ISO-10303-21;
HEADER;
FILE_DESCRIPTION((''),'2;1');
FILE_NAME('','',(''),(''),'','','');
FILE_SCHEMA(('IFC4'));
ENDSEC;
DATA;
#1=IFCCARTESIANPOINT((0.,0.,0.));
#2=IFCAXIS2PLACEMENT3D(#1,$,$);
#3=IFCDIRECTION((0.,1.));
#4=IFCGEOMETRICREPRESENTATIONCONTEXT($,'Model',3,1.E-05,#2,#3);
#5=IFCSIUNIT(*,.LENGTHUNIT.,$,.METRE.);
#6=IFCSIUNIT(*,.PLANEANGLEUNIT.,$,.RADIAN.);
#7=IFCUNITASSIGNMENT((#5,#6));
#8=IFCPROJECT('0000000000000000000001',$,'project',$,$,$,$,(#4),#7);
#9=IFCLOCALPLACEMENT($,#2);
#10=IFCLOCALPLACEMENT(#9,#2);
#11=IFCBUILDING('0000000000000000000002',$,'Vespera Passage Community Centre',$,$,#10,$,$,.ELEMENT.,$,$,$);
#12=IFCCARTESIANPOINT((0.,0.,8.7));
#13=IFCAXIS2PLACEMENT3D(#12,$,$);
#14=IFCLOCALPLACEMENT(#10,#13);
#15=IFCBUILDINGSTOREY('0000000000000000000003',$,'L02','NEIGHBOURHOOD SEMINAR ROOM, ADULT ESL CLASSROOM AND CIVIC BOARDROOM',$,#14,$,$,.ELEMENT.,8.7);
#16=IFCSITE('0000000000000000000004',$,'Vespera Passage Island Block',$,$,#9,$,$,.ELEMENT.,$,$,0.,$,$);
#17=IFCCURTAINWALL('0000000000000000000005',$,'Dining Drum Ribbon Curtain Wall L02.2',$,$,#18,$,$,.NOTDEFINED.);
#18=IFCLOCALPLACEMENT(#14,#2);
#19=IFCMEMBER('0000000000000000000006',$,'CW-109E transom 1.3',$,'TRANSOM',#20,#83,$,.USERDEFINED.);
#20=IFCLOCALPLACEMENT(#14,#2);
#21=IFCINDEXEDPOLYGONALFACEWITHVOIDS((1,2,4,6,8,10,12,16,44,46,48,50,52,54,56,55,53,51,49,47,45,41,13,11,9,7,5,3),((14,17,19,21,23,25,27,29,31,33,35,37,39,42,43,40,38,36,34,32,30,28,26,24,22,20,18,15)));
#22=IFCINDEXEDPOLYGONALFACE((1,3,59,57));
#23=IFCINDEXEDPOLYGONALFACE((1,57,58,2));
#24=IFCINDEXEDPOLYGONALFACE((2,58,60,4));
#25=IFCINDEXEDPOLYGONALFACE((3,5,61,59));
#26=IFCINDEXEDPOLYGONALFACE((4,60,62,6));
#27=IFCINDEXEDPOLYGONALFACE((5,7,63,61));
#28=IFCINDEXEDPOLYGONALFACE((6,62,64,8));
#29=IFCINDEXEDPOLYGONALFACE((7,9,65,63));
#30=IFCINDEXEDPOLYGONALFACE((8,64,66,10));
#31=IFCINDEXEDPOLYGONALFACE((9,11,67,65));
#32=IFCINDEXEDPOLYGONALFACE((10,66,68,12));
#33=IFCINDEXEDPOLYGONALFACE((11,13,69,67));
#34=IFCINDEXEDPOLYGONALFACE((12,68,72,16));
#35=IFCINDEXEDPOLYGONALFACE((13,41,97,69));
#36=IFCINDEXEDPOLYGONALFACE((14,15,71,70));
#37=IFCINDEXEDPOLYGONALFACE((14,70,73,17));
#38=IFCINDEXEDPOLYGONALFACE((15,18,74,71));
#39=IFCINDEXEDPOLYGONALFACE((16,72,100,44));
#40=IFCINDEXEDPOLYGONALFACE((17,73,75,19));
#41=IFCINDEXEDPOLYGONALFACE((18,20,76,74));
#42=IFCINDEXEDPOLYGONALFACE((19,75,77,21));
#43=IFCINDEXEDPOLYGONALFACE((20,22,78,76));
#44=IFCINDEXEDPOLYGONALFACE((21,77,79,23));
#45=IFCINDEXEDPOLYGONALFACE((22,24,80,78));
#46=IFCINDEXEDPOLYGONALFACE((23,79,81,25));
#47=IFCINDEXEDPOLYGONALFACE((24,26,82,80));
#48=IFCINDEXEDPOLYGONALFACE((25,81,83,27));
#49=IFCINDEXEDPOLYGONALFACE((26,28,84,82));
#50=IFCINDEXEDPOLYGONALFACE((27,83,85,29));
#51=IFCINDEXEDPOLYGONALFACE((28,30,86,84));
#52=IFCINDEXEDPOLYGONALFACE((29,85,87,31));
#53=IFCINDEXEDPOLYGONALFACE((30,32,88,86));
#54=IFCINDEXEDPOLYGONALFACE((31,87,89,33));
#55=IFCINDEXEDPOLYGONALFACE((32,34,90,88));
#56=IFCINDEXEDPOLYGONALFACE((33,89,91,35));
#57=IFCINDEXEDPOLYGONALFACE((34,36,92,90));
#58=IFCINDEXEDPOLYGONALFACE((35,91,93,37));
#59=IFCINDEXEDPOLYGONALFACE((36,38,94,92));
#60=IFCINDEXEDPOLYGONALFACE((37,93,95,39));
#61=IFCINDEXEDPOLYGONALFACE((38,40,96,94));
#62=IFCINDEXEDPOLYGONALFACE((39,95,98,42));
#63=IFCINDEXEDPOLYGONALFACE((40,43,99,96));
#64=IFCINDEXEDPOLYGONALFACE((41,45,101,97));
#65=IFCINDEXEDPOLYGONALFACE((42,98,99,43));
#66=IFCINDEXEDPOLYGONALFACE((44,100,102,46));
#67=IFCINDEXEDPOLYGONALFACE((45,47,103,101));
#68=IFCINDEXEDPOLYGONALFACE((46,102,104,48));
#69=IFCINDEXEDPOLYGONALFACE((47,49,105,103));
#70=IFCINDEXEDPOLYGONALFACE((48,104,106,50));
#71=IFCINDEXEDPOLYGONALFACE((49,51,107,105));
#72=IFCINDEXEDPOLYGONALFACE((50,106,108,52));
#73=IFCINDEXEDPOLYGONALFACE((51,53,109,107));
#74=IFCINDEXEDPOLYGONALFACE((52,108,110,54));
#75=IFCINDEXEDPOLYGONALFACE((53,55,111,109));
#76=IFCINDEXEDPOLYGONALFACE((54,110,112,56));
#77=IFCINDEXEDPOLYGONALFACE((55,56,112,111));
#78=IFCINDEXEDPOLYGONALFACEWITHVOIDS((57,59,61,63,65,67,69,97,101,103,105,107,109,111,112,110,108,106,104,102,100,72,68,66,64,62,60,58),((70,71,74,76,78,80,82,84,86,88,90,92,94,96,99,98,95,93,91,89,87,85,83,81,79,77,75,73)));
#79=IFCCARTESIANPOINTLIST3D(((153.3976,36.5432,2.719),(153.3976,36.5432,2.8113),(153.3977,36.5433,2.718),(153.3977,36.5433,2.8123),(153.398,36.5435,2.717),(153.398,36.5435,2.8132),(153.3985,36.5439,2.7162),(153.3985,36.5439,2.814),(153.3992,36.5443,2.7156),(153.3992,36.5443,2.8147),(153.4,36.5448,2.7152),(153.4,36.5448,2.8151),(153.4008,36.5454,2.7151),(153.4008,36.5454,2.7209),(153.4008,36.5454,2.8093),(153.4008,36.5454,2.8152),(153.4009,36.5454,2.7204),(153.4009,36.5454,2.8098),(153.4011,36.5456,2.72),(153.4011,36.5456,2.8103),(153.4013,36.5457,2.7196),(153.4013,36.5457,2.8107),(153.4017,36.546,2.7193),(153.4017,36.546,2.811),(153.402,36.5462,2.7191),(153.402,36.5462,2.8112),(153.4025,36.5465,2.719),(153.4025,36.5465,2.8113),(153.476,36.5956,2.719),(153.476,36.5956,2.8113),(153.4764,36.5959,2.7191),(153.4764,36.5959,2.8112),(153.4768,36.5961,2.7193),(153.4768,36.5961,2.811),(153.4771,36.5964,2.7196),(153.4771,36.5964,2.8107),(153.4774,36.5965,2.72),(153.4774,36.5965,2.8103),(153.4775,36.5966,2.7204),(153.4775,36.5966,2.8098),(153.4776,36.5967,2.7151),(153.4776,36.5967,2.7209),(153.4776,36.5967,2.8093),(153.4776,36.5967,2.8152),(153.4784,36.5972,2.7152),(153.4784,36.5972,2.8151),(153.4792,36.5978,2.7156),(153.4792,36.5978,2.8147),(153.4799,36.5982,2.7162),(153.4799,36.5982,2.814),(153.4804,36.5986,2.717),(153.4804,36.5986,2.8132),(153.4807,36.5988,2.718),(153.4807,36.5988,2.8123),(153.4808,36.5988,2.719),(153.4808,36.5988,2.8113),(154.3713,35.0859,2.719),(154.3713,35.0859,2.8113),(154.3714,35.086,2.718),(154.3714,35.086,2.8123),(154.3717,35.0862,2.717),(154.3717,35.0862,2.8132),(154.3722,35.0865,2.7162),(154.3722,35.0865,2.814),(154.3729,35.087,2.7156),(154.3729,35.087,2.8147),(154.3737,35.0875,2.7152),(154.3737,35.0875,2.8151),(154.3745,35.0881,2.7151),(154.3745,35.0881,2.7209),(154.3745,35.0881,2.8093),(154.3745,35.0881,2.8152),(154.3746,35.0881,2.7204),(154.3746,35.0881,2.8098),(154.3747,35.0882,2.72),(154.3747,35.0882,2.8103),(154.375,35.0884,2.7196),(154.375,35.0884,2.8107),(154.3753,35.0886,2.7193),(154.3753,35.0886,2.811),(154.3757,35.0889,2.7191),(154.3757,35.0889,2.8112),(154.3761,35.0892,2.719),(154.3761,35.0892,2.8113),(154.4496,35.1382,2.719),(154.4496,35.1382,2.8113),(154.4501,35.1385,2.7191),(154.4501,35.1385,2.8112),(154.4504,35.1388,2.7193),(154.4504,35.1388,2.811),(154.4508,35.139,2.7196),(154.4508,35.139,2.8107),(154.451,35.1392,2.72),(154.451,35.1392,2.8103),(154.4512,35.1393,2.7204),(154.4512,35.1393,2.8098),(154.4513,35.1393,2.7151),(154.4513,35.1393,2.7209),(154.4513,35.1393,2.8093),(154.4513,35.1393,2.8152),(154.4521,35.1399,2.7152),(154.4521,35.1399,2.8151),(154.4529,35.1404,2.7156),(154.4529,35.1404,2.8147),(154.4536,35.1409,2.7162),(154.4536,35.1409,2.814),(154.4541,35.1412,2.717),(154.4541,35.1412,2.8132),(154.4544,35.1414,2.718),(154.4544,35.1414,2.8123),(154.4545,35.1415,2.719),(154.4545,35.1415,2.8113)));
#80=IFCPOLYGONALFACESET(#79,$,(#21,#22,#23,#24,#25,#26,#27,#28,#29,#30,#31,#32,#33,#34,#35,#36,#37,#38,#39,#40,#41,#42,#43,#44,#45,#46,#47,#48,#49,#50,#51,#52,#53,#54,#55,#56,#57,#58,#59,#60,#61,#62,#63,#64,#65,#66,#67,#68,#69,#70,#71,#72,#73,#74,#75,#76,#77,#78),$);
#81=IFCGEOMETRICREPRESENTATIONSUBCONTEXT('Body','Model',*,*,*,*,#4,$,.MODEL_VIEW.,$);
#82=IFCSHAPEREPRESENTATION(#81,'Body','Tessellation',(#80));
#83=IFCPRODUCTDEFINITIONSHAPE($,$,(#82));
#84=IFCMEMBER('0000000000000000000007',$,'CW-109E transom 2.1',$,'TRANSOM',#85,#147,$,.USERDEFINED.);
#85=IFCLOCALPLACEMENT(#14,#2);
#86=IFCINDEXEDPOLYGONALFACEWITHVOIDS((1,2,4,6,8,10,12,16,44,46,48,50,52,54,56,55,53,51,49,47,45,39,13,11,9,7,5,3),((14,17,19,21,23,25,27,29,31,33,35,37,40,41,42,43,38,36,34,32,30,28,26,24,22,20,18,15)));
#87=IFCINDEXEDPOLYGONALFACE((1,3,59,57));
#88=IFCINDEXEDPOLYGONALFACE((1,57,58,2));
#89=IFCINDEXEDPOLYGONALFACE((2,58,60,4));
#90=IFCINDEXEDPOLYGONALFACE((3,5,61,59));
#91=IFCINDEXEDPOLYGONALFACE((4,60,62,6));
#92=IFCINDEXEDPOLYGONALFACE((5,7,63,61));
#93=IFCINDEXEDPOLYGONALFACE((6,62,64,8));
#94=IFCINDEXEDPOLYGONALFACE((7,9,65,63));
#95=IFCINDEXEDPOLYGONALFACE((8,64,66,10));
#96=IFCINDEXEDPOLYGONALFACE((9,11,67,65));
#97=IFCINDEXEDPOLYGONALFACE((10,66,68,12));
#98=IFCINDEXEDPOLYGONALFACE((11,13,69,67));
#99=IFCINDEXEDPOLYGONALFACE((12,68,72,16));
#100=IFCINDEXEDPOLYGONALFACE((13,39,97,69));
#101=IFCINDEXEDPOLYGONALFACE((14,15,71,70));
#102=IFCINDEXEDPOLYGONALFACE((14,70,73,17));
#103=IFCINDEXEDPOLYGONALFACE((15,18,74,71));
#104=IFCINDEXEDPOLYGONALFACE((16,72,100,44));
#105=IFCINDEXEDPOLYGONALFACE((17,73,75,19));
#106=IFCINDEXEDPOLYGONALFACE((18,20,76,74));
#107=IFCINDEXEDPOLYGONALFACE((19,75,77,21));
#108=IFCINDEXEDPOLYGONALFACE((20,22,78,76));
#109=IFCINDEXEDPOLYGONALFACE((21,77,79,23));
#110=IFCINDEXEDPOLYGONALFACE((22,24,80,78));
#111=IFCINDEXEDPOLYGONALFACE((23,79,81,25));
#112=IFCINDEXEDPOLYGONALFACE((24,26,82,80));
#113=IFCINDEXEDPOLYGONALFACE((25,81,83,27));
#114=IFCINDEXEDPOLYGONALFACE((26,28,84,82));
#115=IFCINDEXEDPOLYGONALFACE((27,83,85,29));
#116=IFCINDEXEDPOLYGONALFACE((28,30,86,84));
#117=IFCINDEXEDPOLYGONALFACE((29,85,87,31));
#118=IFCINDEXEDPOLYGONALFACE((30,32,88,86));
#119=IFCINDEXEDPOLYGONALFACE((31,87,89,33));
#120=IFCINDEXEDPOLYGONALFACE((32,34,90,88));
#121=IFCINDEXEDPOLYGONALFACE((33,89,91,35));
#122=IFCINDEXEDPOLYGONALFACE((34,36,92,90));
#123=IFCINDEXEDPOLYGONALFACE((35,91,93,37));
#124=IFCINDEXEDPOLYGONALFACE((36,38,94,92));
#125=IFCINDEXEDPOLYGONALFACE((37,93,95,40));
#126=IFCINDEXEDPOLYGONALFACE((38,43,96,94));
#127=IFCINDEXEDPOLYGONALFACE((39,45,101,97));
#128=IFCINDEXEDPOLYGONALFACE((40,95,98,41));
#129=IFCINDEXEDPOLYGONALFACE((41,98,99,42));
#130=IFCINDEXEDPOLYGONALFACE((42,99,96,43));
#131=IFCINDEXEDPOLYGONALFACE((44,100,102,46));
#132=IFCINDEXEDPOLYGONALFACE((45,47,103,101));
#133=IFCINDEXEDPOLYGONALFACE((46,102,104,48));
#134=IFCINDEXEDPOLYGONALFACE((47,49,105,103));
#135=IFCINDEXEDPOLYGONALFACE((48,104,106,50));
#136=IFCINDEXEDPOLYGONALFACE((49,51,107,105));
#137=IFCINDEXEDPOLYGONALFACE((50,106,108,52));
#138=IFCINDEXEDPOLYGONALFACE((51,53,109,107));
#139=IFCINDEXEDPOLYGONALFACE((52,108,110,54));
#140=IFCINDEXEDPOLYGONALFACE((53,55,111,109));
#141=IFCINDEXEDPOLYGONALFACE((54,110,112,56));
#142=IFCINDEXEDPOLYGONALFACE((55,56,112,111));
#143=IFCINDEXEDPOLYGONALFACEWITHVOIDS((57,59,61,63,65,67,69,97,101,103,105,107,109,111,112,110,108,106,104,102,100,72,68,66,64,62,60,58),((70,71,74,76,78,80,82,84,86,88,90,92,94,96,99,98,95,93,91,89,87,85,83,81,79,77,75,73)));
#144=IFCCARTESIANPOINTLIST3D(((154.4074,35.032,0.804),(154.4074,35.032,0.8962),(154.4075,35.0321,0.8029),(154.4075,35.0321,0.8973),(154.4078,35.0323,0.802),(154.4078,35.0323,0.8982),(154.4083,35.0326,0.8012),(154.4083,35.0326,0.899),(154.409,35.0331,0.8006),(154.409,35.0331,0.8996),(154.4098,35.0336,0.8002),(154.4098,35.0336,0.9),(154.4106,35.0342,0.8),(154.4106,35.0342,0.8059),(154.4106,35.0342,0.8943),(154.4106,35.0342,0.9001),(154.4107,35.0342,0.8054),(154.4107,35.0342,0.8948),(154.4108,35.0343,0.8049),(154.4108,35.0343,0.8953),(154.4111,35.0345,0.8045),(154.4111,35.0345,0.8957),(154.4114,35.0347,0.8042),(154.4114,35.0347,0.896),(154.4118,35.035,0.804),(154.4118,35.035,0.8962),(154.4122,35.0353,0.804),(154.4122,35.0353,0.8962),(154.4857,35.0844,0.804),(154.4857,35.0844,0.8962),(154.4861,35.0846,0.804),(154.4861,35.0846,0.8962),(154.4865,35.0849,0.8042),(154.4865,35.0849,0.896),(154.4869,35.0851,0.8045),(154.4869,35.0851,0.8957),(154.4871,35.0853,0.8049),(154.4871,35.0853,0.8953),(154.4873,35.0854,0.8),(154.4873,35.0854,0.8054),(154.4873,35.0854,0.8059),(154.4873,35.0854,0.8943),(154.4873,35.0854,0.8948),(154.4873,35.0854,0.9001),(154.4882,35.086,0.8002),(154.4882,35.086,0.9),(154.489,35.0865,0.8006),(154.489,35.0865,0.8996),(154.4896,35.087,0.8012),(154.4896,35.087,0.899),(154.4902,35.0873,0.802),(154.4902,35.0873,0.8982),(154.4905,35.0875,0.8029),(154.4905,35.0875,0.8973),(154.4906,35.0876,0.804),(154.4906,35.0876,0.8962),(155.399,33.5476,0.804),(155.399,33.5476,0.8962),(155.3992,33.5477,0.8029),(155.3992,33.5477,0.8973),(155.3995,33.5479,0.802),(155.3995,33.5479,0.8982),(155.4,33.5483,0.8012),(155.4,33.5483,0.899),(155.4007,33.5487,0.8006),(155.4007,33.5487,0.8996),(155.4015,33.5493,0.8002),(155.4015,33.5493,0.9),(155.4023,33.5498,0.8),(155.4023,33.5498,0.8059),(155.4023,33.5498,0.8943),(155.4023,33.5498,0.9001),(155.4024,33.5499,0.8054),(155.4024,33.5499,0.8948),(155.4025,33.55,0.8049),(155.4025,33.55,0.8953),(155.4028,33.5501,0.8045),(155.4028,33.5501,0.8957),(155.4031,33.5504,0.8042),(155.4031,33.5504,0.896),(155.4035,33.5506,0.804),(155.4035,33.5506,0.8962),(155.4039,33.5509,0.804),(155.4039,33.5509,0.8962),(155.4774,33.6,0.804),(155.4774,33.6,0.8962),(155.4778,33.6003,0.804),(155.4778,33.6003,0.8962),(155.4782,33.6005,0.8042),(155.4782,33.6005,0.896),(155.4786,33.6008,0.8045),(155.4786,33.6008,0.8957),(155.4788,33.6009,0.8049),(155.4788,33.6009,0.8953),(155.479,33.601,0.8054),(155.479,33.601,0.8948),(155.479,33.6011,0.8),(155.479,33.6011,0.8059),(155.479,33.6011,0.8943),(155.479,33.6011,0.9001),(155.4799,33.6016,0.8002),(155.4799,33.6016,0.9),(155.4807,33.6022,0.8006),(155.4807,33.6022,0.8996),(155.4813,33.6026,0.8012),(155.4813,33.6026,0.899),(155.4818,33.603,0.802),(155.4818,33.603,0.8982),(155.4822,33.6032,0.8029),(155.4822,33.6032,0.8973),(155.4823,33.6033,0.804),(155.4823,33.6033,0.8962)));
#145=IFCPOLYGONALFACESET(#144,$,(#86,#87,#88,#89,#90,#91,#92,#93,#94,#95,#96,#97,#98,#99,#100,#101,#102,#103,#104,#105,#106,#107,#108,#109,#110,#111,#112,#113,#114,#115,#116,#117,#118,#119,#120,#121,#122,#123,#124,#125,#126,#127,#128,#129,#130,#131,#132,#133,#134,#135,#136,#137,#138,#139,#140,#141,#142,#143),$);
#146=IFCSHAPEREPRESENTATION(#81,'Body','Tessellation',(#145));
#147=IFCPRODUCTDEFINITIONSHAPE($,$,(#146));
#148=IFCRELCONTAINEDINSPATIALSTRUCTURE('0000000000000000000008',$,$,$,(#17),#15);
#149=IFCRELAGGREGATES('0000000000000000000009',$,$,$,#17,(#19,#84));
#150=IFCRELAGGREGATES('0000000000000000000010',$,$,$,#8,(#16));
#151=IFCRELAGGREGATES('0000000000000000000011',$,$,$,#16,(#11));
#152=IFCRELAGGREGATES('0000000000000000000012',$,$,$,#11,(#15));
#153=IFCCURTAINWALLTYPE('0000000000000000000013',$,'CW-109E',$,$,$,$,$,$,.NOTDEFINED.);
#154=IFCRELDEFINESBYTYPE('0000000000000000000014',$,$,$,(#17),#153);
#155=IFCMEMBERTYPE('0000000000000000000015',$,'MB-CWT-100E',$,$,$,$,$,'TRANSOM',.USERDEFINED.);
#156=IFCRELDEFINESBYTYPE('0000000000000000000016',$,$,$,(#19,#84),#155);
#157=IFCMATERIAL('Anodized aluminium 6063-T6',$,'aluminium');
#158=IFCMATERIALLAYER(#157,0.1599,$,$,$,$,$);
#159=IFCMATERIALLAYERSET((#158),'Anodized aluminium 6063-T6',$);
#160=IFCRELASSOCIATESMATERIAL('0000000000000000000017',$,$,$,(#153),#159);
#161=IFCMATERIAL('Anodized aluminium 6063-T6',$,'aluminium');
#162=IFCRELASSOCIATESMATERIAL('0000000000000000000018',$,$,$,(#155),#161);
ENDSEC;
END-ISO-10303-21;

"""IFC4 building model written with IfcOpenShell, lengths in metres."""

from ifc_helpers import new_model, si_unit, direction, frame, origin, origin_2d, place, context, subcontext, project, spatial, hollow_rectangle, extrude, material, layer, layer_set, material_profile, profile_set, type_object, element, aggregate, save


model = new_model("IFC4")

# Units and contexts
model_context = context("Model", 3, precision=1e-05, world=origin(), true_north=direction((0.0, 1.0)))
body_context = subcontext(model_context, "Body", "Model", "MODEL_VIEW")
ifc_project = project(units=[si_unit("LENGTHUNIT", "METRE"), si_unit("PLANEANGLEUNIT", "RADIAN")], contexts=[model_context])

# Site, building, storey
site_placement = place(None, origin())
site = spatial("IfcSite", under=ifc_project, at=site_placement, Name="Vespera Passage Island Block", CompositionType="ELEMENT", RefElevation=0.0)
building_placement = place(site_placement, origin())
building = spatial("IfcBuilding", under=site, at=building_placement, Name="Vespera Passage Community Centre", CompositionType="ELEMENT")
storey_placement = place(building_placement, frame((0.0, 0.0, 8.7)))
storey = spatial("IfcBuildingStorey", under=building, at=storey_placement, Name="L02", Description="NEIGHBOURHOOD SEMINAR ROOM, ADULT ESL CLASSROOM AND CIVIC BOARDROOM", CompositionType="ELEMENT", Elevation=8.7)

# Curtain wall
ifc_material_1 = material(Name="Anodized aluminium 6063-T6", Category="aluminium")
ifc_layer_1 = layer(ifc_material_1, 0.1599)
ifc_layer_set_1 = layer_set([ifc_layer_1], Name="Anodized aluminium 6063-T6")
curtain_wall_type_1 = type_object("IfcCurtainWallType", Name="CW-109E", PredefinedType="NOTDEFINED", material=ifc_layer_set_1)
curtain_wall_1_placement = place(storey_placement, origin())
curtain_wall_1 = element("IfcCurtainWall", 1, at=curtain_wall_1_placement, inside=storey, type_object=curtain_wall_type_1, Name="Dining Drum Ribbon Curtain Wall L02.2", PredefinedType="NOTDEFINED")

# Members
ifc_material_2 = material(Name="Anodized aluminium 6063-T6", Category="aluminium")
ifc_material_profile_1 = material_profile(ifc_material_2, hollow_rectangle(XDim=0.1001, YDim=0.1001, WallThickness=0.0039, InnerFilletRadius=0.002, OuterFilletRadius=0.0039, at=origin_2d()), Name="ALU100X100X4")
ifc_profile_set_1 = profile_set([ifc_material_profile_1], Name="Anodized aluminium 6063-T6")
member_type_1 = type_object("IfcMemberType", Name="MB-CWT-100E", ElementType="TRANSOM", PredefinedType="USERDEFINED", material=ifc_profile_set_1)
member_1_placement = place(storey_placement, frame((153.4392, 36.571, 2.7651), z_axis=(0.555536, -0.831493, 0.0), x_axis=(0.831493, 0.555536, 0.0)))
member_1 = element("IfcMember", 2, at=member_1_placement, type_object=member_type_1, Name="CW-109E transom 1.3", ObjectType="TRANSOM", PredefinedType="USERDEFINED", context=body_context, shape_type="SweptSolid", body=[
    extrude(hollow_rectangle(XDim=0.1001, YDim=0.1001, WallThickness=0.0039, InnerFilletRadius=0.002, OuterFilletRadius=0.0039, at=origin_2d()), origin(), (0.0, 0.0, 1.0), 1.7527),
])
member_2_placement = place(storey_placement, frame((154.449, 35.0598, 0.8501), z_axis=(0.55552, -0.831503, 0.0), x_axis=(0.831503, 0.55552, 0.0)))
member_2 = element("IfcMember", 3, at=member_2_placement, type_object=member_type_1, Name="CW-109E transom 2.1", ObjectType="TRANSOM", PredefinedType="USERDEFINED", context=body_context, shape_type="SweptSolid", body=[
    extrude(hollow_rectangle(XDim=0.1001, YDim=0.1001, WallThickness=0.0039, InnerFilletRadius=0.002, OuterFilletRadius=0.0039, at=origin_2d()), origin(), (0.0, 0.0, 1.0), 1.7852),
])

aggregate(curtain_wall_1, [member_1, member_2])

save(model, "model.ifc")
